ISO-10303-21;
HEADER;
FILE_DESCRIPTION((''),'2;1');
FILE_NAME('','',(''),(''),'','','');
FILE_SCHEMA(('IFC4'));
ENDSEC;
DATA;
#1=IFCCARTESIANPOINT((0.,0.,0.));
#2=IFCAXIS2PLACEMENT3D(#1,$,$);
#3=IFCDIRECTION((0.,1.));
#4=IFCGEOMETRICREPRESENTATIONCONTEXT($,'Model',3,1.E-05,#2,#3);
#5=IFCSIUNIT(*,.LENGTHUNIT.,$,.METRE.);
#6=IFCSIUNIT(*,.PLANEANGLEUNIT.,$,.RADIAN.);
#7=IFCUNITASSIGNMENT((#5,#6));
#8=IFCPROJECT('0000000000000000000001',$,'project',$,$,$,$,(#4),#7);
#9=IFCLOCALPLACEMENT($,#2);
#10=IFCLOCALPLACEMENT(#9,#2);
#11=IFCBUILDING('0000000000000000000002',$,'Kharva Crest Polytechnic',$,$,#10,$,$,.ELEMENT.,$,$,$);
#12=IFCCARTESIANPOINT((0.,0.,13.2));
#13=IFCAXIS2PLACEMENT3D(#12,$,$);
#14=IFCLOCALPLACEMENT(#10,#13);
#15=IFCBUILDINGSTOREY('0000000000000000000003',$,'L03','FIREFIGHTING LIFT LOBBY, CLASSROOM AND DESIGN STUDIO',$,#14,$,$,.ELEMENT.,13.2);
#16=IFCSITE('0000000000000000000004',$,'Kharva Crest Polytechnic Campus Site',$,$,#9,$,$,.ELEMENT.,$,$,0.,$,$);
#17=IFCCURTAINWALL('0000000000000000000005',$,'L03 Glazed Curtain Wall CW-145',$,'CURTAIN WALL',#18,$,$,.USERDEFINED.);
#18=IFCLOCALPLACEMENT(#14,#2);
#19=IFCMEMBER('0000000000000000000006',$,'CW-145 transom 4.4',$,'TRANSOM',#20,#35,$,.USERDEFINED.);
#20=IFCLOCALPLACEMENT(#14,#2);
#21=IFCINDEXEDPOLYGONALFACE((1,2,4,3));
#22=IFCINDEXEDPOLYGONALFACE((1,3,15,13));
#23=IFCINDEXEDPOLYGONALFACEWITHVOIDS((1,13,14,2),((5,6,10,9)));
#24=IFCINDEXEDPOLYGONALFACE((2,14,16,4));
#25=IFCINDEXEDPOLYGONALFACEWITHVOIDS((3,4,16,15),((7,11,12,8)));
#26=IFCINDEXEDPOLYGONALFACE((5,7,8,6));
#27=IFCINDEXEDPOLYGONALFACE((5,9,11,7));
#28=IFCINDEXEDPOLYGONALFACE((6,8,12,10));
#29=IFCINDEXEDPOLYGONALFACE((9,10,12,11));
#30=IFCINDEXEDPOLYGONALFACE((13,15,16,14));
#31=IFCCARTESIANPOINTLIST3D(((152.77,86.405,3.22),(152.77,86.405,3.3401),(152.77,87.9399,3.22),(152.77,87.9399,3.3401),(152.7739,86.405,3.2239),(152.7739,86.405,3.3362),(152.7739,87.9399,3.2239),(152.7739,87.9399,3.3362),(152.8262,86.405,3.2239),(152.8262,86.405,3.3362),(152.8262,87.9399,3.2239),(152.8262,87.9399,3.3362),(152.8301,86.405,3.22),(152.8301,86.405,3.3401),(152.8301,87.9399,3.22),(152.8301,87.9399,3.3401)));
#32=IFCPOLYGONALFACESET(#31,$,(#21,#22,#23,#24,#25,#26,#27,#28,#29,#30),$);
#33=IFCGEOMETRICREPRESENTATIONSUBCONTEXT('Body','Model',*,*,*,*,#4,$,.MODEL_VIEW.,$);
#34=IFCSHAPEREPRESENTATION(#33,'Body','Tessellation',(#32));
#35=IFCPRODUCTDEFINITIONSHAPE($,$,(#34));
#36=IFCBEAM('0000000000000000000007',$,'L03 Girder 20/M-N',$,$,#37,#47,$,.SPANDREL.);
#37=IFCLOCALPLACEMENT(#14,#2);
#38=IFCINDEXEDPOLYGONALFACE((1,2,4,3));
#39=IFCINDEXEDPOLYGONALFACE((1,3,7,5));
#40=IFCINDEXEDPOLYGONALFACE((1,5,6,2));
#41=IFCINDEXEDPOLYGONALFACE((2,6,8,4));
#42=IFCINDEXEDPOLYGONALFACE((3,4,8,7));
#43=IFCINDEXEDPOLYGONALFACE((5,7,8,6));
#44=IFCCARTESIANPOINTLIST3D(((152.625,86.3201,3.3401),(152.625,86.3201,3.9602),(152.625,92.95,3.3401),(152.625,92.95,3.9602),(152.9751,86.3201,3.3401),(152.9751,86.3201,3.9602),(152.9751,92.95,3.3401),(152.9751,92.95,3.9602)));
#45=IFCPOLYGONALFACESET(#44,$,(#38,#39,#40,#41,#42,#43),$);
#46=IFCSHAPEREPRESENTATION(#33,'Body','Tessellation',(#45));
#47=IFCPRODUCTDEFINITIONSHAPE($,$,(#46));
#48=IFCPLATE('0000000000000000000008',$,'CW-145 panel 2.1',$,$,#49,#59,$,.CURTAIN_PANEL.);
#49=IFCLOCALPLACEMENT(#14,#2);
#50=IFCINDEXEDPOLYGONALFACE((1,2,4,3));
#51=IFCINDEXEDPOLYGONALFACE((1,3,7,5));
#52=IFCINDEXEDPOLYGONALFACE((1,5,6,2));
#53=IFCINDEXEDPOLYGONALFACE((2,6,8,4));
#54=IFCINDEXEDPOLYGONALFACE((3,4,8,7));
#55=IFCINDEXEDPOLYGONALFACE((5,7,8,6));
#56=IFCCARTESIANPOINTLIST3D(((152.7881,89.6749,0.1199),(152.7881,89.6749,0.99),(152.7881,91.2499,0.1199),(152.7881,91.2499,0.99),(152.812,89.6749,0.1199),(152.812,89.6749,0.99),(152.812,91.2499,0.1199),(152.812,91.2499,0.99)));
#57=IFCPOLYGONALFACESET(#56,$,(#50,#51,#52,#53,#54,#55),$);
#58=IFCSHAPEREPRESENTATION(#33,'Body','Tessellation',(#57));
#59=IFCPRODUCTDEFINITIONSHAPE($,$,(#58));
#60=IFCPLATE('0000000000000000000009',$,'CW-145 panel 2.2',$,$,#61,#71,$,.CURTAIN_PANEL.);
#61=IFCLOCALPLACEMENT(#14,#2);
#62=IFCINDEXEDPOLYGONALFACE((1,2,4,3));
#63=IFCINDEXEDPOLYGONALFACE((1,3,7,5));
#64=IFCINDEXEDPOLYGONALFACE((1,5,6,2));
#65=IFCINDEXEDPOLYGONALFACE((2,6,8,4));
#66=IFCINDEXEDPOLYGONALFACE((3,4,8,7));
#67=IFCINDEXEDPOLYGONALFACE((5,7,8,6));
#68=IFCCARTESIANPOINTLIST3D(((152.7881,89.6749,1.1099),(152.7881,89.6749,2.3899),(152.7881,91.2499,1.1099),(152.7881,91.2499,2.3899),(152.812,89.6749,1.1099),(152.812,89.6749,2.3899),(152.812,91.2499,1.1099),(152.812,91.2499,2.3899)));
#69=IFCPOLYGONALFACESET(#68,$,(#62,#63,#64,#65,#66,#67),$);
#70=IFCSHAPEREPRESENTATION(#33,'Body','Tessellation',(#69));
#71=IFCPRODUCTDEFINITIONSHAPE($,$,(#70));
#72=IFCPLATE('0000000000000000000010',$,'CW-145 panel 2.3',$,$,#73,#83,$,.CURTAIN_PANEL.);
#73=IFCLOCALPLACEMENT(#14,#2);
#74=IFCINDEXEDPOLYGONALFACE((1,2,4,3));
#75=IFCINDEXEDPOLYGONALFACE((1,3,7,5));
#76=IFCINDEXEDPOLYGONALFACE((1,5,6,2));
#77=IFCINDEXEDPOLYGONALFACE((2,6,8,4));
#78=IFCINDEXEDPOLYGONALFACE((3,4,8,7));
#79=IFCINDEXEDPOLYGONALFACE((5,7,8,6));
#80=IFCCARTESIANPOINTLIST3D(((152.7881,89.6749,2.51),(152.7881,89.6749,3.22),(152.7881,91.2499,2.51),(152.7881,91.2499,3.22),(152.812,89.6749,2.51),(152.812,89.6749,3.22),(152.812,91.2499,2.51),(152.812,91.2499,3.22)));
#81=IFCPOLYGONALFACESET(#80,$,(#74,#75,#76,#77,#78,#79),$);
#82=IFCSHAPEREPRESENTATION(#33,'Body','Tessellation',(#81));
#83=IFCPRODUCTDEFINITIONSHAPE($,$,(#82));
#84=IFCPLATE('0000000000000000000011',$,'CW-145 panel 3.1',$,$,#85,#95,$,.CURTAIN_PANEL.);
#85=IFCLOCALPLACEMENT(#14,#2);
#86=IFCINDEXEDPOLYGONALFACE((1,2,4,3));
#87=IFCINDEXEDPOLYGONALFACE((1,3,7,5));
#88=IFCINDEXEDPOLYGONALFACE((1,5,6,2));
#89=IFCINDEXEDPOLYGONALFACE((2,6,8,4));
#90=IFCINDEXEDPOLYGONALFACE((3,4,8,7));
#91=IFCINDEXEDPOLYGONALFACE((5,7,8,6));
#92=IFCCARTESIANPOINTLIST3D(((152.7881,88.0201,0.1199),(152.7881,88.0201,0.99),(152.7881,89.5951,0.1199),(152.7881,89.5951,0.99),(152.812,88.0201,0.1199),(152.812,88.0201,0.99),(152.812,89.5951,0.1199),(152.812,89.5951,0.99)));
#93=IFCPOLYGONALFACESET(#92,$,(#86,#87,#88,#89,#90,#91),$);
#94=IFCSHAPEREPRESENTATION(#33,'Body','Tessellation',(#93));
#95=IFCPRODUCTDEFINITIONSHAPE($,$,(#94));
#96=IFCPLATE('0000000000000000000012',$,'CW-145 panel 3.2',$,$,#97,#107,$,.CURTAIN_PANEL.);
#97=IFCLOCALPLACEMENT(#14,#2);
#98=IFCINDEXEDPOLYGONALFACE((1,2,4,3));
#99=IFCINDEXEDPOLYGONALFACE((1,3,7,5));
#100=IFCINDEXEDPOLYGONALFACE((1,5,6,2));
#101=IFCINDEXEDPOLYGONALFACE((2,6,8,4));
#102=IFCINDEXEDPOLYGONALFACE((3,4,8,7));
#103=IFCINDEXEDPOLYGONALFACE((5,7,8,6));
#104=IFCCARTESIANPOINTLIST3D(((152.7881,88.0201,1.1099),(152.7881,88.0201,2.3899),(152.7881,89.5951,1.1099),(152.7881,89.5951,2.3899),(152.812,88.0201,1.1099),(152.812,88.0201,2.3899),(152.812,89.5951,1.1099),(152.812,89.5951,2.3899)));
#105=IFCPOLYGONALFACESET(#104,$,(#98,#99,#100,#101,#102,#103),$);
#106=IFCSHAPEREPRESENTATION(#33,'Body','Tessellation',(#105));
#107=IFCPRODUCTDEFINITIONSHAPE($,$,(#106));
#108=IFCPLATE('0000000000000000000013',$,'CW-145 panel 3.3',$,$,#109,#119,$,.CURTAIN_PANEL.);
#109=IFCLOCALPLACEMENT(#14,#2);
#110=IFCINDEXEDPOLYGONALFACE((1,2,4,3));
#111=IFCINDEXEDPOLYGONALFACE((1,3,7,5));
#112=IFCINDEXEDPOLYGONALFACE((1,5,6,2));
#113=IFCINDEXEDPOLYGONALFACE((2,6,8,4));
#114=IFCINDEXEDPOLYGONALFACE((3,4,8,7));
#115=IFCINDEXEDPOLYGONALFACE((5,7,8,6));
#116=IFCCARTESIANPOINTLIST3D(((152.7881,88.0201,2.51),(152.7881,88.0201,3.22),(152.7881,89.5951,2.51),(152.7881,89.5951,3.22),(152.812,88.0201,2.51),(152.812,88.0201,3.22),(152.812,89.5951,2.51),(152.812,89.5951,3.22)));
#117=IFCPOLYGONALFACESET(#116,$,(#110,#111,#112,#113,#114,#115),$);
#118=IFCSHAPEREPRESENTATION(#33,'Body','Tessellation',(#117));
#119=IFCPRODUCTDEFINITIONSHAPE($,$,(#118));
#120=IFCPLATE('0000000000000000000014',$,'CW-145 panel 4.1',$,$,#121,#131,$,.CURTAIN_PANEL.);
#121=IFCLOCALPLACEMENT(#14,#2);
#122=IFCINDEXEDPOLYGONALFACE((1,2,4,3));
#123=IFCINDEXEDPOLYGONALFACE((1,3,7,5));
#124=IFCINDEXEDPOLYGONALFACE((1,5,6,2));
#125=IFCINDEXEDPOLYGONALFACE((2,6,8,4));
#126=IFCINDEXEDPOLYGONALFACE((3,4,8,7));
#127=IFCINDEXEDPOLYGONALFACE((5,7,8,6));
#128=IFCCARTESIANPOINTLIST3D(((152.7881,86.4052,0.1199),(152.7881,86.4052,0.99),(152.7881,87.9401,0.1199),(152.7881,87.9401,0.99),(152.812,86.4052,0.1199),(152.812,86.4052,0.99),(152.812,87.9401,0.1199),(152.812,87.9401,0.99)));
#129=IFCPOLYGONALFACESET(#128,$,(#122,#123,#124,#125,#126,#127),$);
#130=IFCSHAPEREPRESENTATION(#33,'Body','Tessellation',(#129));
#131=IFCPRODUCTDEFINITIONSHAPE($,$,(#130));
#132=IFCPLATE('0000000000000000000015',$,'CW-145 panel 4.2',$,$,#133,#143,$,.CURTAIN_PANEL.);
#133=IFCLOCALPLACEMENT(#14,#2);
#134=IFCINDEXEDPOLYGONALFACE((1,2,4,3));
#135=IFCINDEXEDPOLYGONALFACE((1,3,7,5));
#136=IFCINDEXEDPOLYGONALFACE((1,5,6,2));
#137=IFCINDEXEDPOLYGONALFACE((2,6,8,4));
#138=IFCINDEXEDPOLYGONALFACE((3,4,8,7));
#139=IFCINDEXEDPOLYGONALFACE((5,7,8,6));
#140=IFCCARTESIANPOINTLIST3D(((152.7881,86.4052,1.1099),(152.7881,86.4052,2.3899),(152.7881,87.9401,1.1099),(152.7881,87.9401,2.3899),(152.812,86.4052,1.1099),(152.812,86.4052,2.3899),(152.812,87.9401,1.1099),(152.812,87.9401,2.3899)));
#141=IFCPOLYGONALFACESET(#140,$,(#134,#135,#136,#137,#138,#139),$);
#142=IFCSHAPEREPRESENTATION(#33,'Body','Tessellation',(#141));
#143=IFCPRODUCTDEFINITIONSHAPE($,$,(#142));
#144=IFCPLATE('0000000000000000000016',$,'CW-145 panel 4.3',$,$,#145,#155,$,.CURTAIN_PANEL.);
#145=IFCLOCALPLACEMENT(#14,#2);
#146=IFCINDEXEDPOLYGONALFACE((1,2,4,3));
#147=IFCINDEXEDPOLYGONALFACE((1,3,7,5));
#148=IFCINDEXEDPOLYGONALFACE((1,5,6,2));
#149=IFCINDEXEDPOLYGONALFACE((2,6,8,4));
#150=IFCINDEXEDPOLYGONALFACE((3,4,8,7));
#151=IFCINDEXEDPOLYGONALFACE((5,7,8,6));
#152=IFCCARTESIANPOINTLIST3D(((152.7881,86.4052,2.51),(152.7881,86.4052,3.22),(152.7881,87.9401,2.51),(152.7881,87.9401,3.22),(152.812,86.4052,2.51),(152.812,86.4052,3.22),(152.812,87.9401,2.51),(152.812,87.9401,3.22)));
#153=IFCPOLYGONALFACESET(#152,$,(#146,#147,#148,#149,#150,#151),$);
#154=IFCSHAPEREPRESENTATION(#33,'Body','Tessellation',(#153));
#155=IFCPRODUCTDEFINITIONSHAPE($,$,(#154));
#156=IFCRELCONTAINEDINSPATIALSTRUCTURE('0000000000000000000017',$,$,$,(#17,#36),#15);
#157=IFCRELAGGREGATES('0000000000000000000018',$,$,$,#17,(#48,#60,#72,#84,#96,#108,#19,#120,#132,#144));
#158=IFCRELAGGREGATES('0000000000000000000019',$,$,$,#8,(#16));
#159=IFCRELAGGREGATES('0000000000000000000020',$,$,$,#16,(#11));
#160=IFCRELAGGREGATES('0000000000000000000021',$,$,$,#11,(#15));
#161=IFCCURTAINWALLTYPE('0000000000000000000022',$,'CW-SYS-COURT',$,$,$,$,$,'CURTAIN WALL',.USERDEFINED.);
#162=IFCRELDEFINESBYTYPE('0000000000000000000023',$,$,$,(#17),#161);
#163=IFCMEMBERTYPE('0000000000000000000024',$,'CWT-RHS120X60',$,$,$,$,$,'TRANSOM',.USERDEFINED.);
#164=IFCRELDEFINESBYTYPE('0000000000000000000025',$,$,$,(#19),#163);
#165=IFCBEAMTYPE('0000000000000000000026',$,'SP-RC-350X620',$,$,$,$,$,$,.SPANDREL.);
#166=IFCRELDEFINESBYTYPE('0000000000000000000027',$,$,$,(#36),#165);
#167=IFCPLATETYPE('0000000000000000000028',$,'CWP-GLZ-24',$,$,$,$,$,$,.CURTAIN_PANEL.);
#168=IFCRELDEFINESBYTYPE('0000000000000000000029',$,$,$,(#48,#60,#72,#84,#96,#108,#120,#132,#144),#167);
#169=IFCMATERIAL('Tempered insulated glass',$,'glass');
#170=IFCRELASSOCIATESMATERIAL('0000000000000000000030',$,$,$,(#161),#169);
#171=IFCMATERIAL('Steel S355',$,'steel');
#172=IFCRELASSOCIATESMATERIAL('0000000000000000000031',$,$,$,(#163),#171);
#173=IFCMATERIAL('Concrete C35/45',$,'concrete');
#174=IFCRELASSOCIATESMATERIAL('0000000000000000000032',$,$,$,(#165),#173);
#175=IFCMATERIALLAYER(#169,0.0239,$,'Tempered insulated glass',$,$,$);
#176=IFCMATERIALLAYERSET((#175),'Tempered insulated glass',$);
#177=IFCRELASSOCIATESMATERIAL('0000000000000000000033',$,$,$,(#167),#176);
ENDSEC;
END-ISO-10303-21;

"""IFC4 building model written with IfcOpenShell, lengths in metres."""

from ifc_helpers import new_model, si_unit, direction, frame, origin, origin_2d, place, context, subcontext, project, spatial, rectangle, hollow_rectangle, extrude, material, layer, layer_set, material_profile, profile_set, type_object, element, aggregate, save


model = new_model("IFC4")

# Units and contexts
model_context = context("Model", 3, precision=1e-05, world=origin(), true_north=direction((0.0, 1.0)))
body_context = subcontext(model_context, "Body", "Model", "MODEL_VIEW")
ifc_project = project(units=[si_unit("LENGTHUNIT", "METRE"), si_unit("PLANEANGLEUNIT", "RADIAN")], contexts=[model_context])

# Site, building, storey
site_placement = place(None, origin())
site = spatial("IfcSite", under=ifc_project, at=site_placement, Name="Kharva Crest Polytechnic Campus Site", CompositionType="ELEMENT", RefElevation=0.0)
building_placement = place(site_placement, origin())
building = spatial("IfcBuilding", under=site, at=building_placement, Name="Kharva Crest Polytechnic", CompositionType="ELEMENT")
storey_placement = place(building_placement, frame((0.0, 0.0, 13.2)))
storey = spatial("IfcBuildingStorey", under=building, at=storey_placement, Name="L03", Description="FIREFIGHTING LIFT LOBBY, CLASSROOM AND DESIGN STUDIO", CompositionType="ELEMENT", Elevation=13.2)

# Curtain wall, member
ifc_material_1 = material(Name="Tempered insulated glass", Category="glass")
curtain_wall_type = type_object("IfcCurtainWallType", Name="CW-SYS-COURT", ElementType="CURTAIN WALL", PredefinedType="USERDEFINED", material=ifc_material_1)
curtain_wall_placement = place(storey_placement, origin())
curtain_wall = element("IfcCurtainWall", 1, at=curtain_wall_placement, inside=storey, type_object=curtain_wall_type, Name="L03 Glazed Curtain Wall CW-145", ObjectType="CURTAIN WALL", PredefinedType="USERDEFINED")
ifc_material_2 = material(Name="Steel S355", Category="steel")
ifc_material_profile_1 = material_profile(ifc_material_2, hollow_rectangle(XDim=0.0601, YDim=0.1201, WallThickness=0.0039, at=origin_2d()), Name="RHS 120X60X4.0")
ifc_profile_set_1 = profile_set([ifc_material_profile_1], Name="Steel S355")
member_type_1 = type_object("IfcMemberType", Name="CWT-RHS120X60", ElementType="TRANSOM", PredefinedType="USERDEFINED", material=ifc_profile_set_1)
member_1_placement = place(storey_placement, frame((152.8, 87.9399, 3.28), z_axis=(0.0, -1.0, 0.0), x_axis=(1.0, 0.0, 0.0)))
member_1 = element("IfcMember", 2, at=member_1_placement, type_object=member_type_1, Name="CW-145 transom 4.4", ObjectType="TRANSOM", PredefinedType="USERDEFINED", context=body_context, shape_type="SweptSolid", body=[
    extrude(hollow_rectangle(XDim=0.0601, YDim=0.1201, WallThickness=0.0039, at=origin_2d()), origin(), (0.0, 0.0, 1.0), 1.5349),
])

# Beam
ifc_material_3 = material(Name="Concrete C35/45", Category="concrete")
ifc_material_profile_2 = material_profile(ifc_material_3, rectangle(XDim=0.3501, YDim=0.6201, at=origin_2d()), Name="RECT 350 X 620")
ifc_profile_set_2 = profile_set([ifc_material_profile_2], Name="Concrete C35/45")
beam_type = type_object("IfcBeamType", Name="SP-RC-350X620", PredefinedType="SPANDREL", material=ifc_profile_set_2)
beam_placement = place(storey_placement, frame((152.8, 86.3201, 3.6501), z_axis=(0.0, 1.0, 0.0), x_axis=(-1.0, 0.0, 0.0)))
element("IfcBeam", 3, at=beam_placement, inside=storey, type_object=beam_type, Name="L03 Girder 20/M-N", PredefinedType="SPANDREL", context=body_context, shape_type="SweptSolid", body=[
    extrude(rectangle(XDim=0.3501, YDim=0.6201, at=origin_2d()), origin(), (0.0, 0.0, 1.0), 6.6299),
])

# Plates
ifc_layer = layer(ifc_material_1, 0.0239, Name="Tempered insulated glass")
ifc_layer_set = layer_set([ifc_layer], Name="Tempered insulated glass")
plate_type = type_object("IfcPlateType", Name="CWP-GLZ-24", PredefinedType="CURTAIN_PANEL", material=ifc_layer_set)
plate_1_placement = place(storey_placement, frame((152.8, 90.4624, 0.1199), z_axis=(0.0, 0.0, 1.0), x_axis=(0.0, -1.0, 0.0)))
plate_1 = element("IfcPlate", 4, at=plate_1_placement, type_object=plate_type, Name="CW-145 panel 2.1", PredefinedType="CURTAIN_PANEL", context=body_context, shape_type="SweptSolid", body=[
    extrude(rectangle(XDim=1.575, YDim=0.0239, at=origin_2d()), origin(), (0.0, 0.0, 1.0), 0.8701),
])
plate_2_placement = place(storey_placement, frame((152.8, 90.4624, 1.1099), z_axis=(0.0, 0.0, 1.0), x_axis=(0.0, -1.0, 0.0)))
plate_2 = element("IfcPlate", 5, at=plate_2_placement, type_object=plate_type, Name="CW-145 panel 2.2", PredefinedType="CURTAIN_PANEL", context=body_context, shape_type="SweptSolid", body=[
    extrude(rectangle(XDim=1.575, YDim=0.0239, at=origin_2d()), origin(), (0.0, 0.0, 1.0), 1.28),
])
plate_3_placement = place(storey_placement, frame((152.8, 90.4624, 2.51), z_axis=(0.0, 0.0, 1.0), x_axis=(0.0, -1.0, 0.0)))
plate_3 = element("IfcPlate", 6, at=plate_3_placement, type_object=plate_type, Name="CW-145 panel 2.3", PredefinedType="CURTAIN_PANEL", context=body_context, shape_type="SweptSolid", body=[
    extrude(rectangle(XDim=1.575, YDim=0.0239, at=origin_2d()), origin(), (0.0, 0.0, 1.0), 0.71),
])
plate_4_placement = place(storey_placement, frame((152.8, 88.8076, 0.1199), z_axis=(0.0, 0.0, 1.0), x_axis=(0.0, -1.0, 0.0)))
plate_4 = element("IfcPlate", 7, at=plate_4_placement, type_object=plate_type, Name="CW-145 panel 3.1", PredefinedType="CURTAIN_PANEL", context=body_context, shape_type="SweptSolid", body=[
    extrude(rectangle(XDim=1.575, YDim=0.0239, at=origin_2d()), origin(), (0.0, 0.0, 1.0), 0.8701),
])
plate_5_placement = place(storey_placement, frame((152.8, 88.8076, 1.1099), z_axis=(0.0, 0.0, 1.0), x_axis=(0.0, -1.0, 0.0)))
plate_5 = element("IfcPlate", 8, at=plate_5_placement, type_object=plate_type, Name="CW-145 panel 3.2", PredefinedType="CURTAIN_PANEL", context=body_context, shape_type="SweptSolid", body=[
    extrude(rectangle(XDim=1.575, YDim=0.0239, at=origin_2d()), origin(), (0.0, 0.0, 1.0), 1.28),
])
plate_6_placement = place(storey_placement, frame((152.8, 88.8076, 2.51), z_axis=(0.0, 0.0, 1.0), x_axis=(0.0, -1.0, 0.0)))
plate_6 = element("IfcPlate", 9, at=plate_6_placement, type_object=plate_type, Name="CW-145 panel 3.3", PredefinedType="CURTAIN_PANEL", context=body_context, shape_type="SweptSolid", body=[
    extrude(rectangle(XDim=1.575, YDim=0.0239, at=origin_2d()), origin(), (0.0, 0.0, 1.0), 0.71),
])
plate_7_placement = place(storey_placement, frame((152.8, 87.1726, 0.1199), z_axis=(0.0, 0.0, 1.0), x_axis=(0.0, -1.0, 0.0)))
plate_7 = element("IfcPlate", 10, at=plate_7_placement, type_object=plate_type, Name="CW-145 panel 4.1", PredefinedType="CURTAIN_PANEL", context=body_context, shape_type="SweptSolid", body=[
    extrude(rectangle(XDim=1.5349, YDim=0.0239, at=origin_2d()), origin(), (0.0, 0.0, 1.0), 0.8701),
])
plate_8_placement = place(storey_placement, frame((152.8, 87.1726, 1.1099), z_axis=(0.0, 0.0, 1.0), x_axis=(0.0, -1.0, 0.0)))
plate_8 = element("IfcPlate", 11, at=plate_8_placement, type_object=plate_type, Name="CW-145 panel 4.2", PredefinedType="CURTAIN_PANEL", context=body_context, shape_type="SweptSolid", body=[
    extrude(rectangle(XDim=1.5349, YDim=0.0239, at=origin_2d()), origin(), (0.0, 0.0, 1.0), 1.28),
])
plate_9_placement = place(storey_placement, frame((152.8, 87.1726, 2.51), z_axis=(0.0, 0.0, 1.0), x_axis=(0.0, -1.0, 0.0)))
plate_9 = element("IfcPlate", 12, at=plate_9_placement, type_object=plate_type, Name="CW-145 panel 4.3", PredefinedType="CURTAIN_PANEL", context=body_context, shape_type="SweptSolid", body=[
    extrude(rectangle(XDim=1.5349, YDim=0.0239, at=origin_2d()), origin(), (0.0, 0.0, 1.0), 0.71),
])
aggregate(curtain_wall, [plate_1, plate_2, plate_3, plate_4, plate_5, plate_6, member_1, plate_7, plate_8, plate_9])

save(model, "model.ifc")
